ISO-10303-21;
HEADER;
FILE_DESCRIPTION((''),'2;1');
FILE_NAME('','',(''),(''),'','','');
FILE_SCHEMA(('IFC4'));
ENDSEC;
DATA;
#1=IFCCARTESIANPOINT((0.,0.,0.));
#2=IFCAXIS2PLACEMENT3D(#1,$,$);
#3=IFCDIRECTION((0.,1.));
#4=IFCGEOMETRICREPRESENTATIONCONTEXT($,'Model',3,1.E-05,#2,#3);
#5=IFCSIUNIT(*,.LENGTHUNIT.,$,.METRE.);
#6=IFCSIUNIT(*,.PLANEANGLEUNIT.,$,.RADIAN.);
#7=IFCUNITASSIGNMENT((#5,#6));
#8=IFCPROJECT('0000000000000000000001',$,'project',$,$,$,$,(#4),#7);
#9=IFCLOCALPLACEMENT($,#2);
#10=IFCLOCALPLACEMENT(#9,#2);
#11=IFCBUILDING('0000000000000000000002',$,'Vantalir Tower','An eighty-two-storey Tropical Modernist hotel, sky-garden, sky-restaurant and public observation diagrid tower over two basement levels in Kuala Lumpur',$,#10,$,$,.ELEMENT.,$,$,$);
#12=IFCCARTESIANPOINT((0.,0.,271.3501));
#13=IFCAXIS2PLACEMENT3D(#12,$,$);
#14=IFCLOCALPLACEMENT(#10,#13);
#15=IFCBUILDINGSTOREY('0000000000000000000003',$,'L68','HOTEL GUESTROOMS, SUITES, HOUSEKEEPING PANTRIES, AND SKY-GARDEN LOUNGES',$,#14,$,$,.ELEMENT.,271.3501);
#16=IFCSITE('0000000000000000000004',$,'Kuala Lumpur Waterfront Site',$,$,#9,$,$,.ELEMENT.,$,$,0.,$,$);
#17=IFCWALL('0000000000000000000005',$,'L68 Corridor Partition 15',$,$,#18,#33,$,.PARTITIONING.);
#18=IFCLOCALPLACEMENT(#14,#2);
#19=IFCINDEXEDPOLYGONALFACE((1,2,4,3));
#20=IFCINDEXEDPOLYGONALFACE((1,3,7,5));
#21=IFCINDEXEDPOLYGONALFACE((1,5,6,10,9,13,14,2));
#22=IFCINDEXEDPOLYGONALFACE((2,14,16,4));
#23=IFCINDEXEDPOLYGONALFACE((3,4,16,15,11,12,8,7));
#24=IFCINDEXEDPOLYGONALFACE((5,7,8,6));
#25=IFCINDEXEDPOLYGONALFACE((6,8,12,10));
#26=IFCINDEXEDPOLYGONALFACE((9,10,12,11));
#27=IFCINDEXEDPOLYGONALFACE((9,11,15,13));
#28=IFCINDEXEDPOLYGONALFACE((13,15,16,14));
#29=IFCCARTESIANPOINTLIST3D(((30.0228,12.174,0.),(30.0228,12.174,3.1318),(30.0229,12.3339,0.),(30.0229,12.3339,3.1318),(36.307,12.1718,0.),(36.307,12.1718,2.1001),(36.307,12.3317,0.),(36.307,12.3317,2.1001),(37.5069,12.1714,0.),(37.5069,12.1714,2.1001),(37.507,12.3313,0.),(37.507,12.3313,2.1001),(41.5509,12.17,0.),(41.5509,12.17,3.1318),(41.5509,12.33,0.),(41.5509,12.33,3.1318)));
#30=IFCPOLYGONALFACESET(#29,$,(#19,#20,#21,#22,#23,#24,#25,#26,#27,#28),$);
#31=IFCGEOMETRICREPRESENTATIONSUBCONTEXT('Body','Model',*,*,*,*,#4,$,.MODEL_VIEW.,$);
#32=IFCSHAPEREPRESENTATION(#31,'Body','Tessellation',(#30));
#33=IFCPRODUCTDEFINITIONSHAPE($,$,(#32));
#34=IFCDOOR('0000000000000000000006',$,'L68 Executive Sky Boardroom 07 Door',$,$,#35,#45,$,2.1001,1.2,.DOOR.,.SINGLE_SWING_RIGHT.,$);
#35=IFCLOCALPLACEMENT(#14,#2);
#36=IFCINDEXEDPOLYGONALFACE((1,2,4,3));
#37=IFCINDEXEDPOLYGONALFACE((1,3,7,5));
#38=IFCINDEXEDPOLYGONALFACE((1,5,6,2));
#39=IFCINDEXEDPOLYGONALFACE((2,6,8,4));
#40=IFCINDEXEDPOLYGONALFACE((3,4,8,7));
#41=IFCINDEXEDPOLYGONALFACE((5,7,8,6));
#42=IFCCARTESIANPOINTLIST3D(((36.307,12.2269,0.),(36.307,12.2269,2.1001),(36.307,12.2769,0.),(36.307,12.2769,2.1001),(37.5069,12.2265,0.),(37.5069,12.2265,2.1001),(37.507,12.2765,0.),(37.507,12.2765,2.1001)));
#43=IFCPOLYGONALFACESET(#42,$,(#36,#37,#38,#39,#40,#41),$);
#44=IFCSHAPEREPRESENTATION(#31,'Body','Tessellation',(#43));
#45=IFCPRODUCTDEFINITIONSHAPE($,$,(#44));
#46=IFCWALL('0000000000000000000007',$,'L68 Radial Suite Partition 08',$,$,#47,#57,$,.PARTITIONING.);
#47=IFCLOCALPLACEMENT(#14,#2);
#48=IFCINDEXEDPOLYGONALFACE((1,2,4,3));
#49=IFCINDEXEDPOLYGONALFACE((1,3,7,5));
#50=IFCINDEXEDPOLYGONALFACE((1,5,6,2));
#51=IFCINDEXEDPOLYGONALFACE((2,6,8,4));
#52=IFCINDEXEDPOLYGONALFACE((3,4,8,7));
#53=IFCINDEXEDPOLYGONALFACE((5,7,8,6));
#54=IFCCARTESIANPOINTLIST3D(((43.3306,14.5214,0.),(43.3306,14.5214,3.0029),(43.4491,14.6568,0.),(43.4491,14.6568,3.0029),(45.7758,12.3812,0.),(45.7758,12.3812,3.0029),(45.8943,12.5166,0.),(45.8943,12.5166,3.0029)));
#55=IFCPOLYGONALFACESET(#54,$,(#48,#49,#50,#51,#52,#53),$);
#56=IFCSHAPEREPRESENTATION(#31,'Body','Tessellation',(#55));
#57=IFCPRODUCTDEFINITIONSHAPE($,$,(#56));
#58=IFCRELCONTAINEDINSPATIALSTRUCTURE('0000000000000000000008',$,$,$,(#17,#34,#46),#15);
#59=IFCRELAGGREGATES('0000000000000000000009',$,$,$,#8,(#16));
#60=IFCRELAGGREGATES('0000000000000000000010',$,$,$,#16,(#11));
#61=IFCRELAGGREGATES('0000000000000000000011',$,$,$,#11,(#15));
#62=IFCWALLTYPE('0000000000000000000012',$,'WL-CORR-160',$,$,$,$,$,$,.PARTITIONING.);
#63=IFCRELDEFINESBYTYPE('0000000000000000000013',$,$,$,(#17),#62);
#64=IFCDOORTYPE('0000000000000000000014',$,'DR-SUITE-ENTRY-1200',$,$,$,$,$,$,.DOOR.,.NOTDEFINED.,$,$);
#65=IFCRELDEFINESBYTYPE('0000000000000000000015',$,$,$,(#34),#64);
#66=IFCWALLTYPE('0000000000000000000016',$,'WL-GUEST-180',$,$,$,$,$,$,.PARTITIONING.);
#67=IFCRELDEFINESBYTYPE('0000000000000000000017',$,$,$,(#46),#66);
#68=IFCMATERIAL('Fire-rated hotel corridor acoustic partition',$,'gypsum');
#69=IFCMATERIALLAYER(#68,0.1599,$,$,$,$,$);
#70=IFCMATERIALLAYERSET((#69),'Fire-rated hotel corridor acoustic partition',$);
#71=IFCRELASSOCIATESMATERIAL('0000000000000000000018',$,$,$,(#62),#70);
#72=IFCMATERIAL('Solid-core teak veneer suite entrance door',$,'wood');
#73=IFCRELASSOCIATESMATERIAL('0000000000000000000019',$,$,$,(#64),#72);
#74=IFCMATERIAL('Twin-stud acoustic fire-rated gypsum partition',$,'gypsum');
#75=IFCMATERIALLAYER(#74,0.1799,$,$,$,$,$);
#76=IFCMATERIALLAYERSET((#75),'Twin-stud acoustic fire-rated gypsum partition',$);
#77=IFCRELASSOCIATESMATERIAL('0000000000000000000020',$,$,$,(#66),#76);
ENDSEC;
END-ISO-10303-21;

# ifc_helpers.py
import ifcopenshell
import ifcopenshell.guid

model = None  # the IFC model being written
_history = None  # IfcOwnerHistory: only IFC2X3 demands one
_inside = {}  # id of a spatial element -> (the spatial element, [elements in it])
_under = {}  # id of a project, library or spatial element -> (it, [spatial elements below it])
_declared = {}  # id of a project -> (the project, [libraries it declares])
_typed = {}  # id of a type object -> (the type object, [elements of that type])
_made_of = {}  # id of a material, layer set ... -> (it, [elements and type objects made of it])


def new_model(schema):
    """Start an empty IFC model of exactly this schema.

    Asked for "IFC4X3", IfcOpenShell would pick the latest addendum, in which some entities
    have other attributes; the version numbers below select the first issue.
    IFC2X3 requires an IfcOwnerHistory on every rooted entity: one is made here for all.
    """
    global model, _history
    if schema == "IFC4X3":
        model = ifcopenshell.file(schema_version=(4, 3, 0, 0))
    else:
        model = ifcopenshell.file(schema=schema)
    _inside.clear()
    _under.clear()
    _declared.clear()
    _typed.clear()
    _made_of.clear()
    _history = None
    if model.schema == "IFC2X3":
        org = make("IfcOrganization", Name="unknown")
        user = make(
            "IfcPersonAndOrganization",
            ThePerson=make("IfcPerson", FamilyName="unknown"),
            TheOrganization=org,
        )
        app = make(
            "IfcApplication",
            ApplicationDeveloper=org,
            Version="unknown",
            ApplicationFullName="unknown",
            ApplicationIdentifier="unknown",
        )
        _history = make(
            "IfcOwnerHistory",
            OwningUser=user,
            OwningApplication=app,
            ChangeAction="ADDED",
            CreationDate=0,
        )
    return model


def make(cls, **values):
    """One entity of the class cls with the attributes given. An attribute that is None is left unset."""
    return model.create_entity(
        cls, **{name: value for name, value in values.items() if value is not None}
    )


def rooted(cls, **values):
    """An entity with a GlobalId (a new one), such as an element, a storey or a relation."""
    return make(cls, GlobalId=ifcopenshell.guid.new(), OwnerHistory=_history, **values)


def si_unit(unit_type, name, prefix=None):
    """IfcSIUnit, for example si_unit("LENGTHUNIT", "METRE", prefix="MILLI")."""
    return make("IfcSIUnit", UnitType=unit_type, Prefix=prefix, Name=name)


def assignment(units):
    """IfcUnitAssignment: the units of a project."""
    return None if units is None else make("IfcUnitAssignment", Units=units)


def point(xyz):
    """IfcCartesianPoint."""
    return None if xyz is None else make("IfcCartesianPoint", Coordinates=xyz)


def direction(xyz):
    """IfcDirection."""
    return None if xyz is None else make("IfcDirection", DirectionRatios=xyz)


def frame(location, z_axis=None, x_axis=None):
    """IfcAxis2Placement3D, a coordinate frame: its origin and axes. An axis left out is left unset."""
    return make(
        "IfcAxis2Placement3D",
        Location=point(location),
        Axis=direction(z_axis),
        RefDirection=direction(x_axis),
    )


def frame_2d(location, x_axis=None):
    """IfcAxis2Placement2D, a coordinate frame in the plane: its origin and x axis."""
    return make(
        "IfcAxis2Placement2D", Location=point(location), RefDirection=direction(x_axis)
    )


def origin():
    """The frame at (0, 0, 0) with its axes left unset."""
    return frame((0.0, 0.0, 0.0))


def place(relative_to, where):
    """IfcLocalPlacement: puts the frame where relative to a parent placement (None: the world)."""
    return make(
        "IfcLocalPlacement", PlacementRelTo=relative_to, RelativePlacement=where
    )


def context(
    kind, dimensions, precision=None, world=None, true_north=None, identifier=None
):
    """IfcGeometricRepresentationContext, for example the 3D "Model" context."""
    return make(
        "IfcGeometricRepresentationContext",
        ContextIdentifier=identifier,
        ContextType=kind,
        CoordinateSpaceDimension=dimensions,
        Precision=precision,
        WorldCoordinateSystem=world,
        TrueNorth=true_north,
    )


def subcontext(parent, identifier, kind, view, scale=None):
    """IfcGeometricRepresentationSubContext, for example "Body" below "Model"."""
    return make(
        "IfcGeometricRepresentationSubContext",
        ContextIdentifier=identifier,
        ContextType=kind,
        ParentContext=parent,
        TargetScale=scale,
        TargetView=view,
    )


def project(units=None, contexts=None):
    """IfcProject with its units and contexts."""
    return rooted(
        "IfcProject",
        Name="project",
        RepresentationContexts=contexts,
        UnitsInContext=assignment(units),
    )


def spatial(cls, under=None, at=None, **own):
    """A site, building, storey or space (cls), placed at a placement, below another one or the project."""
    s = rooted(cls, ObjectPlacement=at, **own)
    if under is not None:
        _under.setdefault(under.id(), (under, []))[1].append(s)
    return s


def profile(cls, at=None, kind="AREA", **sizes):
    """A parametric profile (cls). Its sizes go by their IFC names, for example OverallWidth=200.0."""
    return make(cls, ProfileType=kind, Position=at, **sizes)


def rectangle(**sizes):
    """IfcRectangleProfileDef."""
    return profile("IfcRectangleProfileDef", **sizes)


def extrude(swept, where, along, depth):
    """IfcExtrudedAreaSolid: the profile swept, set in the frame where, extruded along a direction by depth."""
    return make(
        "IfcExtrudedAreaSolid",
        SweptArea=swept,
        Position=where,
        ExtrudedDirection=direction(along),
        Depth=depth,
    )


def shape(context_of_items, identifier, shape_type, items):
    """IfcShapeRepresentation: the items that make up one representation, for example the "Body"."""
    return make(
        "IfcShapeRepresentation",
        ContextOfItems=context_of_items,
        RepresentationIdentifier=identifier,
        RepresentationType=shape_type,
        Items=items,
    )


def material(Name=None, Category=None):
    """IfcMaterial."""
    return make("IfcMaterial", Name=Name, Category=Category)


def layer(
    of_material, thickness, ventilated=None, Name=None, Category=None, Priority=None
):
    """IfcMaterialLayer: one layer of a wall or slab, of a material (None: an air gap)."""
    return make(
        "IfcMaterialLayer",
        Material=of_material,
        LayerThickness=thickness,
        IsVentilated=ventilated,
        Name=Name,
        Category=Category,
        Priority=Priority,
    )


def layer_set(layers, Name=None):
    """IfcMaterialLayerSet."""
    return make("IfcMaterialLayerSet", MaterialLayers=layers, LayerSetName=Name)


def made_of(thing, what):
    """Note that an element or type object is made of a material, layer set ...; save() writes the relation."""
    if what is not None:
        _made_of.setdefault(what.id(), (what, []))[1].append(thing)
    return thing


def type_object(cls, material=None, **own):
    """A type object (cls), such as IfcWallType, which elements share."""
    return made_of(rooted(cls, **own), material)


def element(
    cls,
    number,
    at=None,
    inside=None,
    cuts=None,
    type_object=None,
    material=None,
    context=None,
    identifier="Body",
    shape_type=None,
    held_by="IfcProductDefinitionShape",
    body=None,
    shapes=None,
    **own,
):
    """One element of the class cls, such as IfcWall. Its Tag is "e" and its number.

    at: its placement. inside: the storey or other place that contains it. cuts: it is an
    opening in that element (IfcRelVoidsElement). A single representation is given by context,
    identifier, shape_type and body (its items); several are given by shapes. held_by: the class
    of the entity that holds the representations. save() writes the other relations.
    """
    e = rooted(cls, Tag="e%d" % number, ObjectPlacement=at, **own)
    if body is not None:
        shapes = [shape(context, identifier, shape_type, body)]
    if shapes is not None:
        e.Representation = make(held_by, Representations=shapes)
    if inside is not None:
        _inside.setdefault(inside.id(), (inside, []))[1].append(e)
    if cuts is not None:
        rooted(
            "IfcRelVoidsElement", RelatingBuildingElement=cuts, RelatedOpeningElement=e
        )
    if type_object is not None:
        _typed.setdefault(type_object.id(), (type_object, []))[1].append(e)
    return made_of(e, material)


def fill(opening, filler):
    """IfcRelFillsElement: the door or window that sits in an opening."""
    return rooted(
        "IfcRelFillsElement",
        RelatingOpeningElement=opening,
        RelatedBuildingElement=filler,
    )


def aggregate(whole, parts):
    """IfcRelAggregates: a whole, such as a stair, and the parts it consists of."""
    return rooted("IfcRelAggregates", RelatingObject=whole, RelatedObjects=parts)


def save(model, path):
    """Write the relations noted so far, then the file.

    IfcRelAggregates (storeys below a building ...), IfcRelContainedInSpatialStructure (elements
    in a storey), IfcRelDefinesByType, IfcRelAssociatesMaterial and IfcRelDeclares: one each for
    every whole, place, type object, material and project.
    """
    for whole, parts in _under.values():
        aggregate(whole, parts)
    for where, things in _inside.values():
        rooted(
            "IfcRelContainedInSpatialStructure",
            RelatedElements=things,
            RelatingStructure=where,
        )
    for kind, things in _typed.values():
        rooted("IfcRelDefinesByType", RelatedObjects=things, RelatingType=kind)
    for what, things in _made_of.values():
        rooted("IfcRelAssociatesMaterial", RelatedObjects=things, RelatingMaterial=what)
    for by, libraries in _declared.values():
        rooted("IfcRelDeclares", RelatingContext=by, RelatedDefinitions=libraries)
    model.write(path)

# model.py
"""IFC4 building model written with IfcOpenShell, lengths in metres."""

from ifc_helpers import new_model, si_unit, direction, frame, frame_2d, origin, place, context, subcontext, project, spatial, rectangle, extrude, material, layer, layer_set, type_object, element, fill, save


model = new_model("IFC4")

# Units and contexts
model_context = context("Model", 3, precision=1e-05, world=origin(), true_north=direction((0.0, 1.0)))
body_context = subcontext(model_context, "Body", "Model", "MODEL_VIEW")
ifc_project = project(units=[si_unit("LENGTHUNIT", "METRE"), si_unit("PLANEANGLEUNIT", "RADIAN")], contexts=[model_context])

# Site, building, storey
site_placement = place(None, origin())
site = spatial("IfcSite", under=ifc_project, at=site_placement, Name="Kuala Lumpur Waterfront Site", CompositionType="ELEMENT", RefElevation=0.0)
building_placement = place(site_placement, origin())
building = spatial("IfcBuilding", under=site, at=building_placement, Name="Vantalir Tower", Description="An eighty-two-storey Tropical Modernist hotel, sky-garden, sky-restaurant and public observation diagrid tower over two basement levels in Kuala Lumpur", CompositionType="ELEMENT")
storey_placement = place(building_placement, frame((0.0, 0.0, 271.3501)))
storey = spatial("IfcBuildingStorey", under=building, at=storey_placement, Name="L68", Description="HOTEL GUESTROOMS, SUITES, HOUSEKEEPING PANTRIES, AND SKY-GARDEN LOUNGES", CompositionType="ELEMENT", Elevation=271.3501)

# Shared definitions
ifc_material_1 = material(Name="Fire-rated hotel corridor acoustic partition", Category="gypsum")
ifc_layer_1 = layer(ifc_material_1, 0.1599)
ifc_layer_set_1 = layer_set([ifc_layer_1], Name="Fire-rated hotel corridor acoustic partition")
wall_type_1 = type_object("IfcWallType", Name="WL-CORR-160", PredefinedType="PARTITIONING", material=ifc_layer_set_1)

# Wall, opening, door
wall_1_placement = place(storey_placement, frame((41.551, 12.25, 0.0), z_axis=(0.0, 0.0, 1.0), x_axis=(-1.0, 0.000339, 0.0)))
wall_1 = element("IfcWall", 1, at=wall_1_placement, inside=storey, type_object=wall_type_1, Name="L68 Corridor Partition 15", PredefinedType="PARTITIONING", context=body_context, shape_type="SweptSolid", body=[
    extrude(rectangle(XDim=11.5281, YDim=0.1599, at=frame_2d((5.7642, 0.0))), origin(), (0.0, 0.0, 1.0), 3.1318),
])
opening_placement = place(wall_1_placement, frame((4.0439, 0.0, 0.0)))
opening = element("IfcOpeningElement", 2, at=opening_placement, cuts=wall_1, PredefinedType="OPENING", context=body_context, shape_type="SweptSolid", body=[
    extrude(rectangle(XDim=1.2, YDim=2.1001, at=frame_2d((0.6001, 1.05))), frame((0.0, 0.0898, 0.0), z_axis=(0.0, -1.0, 0.0), x_axis=(1.0, 0.0, 0.0)), (0.0, 0.0, 1.0), 0.1799),
])
ifc_material_2 = material(Name="Solid-core teak veneer suite entrance door", Category="wood")
door_type = type_object("IfcDoorType", Name="DR-SUITE-ENTRY-1200", OperationType="NOTDEFINED", PredefinedType="DOOR", material=ifc_material_2)
door_placement = place(opening_placement, origin())
door = element("IfcDoor", 3, at=door_placement, inside=storey, type_object=door_type, Name="L68 Executive Sky Boardroom 07 Door", OperationType="SINGLE_SWING_RIGHT", OverallHeight=2.1001, OverallWidth=1.2, PredefinedType="DOOR", context=body_context, shape_type="SweptSolid", body=[
    extrude(rectangle(XDim=1.2, YDim=2.1001, at=frame_2d((0.6001, 1.05))), frame((0.0, 0.0249, 0.0), z_axis=(0.0, -1.0, 0.0), x_axis=(1.0, 0.0, 0.0)), (0.0, 0.0, 1.0), 0.05),
])
fill(opening, door)

# Wall
ifc_material_3 = material(Name="Twin-stud acoustic fire-rated gypsum partition", Category="gypsum")
ifc_layer_2 = layer(ifc_material_3, 0.1799)
ifc_layer_set_2 = layer_set([ifc_layer_2], Name="Twin-stud acoustic fire-rated gypsum partition")
wall_type_2 = type_object("IfcWallType", Name="WL-GUEST-180", PredefinedType="PARTITIONING", material=ifc_layer_set_2)
wall_2_placement = place(storey_placement, frame((43.3899, 14.5891, 0.0), z_axis=(0.0, 0.0, 1.0), x_axis=(0.75247, -0.658627, 0.0)))
element("IfcWall", 4, at=wall_2_placement, inside=storey, type_object=wall_type_2, Name="L68 Radial Suite Partition 08", PredefinedType="PARTITIONING", context=body_context, shape_type="SweptSolid", body=[
    extrude(rectangle(XDim=3.2495, YDim=0.1799, at=frame_2d((1.6248, 0.0))), origin(), (0.0, 0.0, 1.0), 3.0029),
])

save(model, "model.ifc")
